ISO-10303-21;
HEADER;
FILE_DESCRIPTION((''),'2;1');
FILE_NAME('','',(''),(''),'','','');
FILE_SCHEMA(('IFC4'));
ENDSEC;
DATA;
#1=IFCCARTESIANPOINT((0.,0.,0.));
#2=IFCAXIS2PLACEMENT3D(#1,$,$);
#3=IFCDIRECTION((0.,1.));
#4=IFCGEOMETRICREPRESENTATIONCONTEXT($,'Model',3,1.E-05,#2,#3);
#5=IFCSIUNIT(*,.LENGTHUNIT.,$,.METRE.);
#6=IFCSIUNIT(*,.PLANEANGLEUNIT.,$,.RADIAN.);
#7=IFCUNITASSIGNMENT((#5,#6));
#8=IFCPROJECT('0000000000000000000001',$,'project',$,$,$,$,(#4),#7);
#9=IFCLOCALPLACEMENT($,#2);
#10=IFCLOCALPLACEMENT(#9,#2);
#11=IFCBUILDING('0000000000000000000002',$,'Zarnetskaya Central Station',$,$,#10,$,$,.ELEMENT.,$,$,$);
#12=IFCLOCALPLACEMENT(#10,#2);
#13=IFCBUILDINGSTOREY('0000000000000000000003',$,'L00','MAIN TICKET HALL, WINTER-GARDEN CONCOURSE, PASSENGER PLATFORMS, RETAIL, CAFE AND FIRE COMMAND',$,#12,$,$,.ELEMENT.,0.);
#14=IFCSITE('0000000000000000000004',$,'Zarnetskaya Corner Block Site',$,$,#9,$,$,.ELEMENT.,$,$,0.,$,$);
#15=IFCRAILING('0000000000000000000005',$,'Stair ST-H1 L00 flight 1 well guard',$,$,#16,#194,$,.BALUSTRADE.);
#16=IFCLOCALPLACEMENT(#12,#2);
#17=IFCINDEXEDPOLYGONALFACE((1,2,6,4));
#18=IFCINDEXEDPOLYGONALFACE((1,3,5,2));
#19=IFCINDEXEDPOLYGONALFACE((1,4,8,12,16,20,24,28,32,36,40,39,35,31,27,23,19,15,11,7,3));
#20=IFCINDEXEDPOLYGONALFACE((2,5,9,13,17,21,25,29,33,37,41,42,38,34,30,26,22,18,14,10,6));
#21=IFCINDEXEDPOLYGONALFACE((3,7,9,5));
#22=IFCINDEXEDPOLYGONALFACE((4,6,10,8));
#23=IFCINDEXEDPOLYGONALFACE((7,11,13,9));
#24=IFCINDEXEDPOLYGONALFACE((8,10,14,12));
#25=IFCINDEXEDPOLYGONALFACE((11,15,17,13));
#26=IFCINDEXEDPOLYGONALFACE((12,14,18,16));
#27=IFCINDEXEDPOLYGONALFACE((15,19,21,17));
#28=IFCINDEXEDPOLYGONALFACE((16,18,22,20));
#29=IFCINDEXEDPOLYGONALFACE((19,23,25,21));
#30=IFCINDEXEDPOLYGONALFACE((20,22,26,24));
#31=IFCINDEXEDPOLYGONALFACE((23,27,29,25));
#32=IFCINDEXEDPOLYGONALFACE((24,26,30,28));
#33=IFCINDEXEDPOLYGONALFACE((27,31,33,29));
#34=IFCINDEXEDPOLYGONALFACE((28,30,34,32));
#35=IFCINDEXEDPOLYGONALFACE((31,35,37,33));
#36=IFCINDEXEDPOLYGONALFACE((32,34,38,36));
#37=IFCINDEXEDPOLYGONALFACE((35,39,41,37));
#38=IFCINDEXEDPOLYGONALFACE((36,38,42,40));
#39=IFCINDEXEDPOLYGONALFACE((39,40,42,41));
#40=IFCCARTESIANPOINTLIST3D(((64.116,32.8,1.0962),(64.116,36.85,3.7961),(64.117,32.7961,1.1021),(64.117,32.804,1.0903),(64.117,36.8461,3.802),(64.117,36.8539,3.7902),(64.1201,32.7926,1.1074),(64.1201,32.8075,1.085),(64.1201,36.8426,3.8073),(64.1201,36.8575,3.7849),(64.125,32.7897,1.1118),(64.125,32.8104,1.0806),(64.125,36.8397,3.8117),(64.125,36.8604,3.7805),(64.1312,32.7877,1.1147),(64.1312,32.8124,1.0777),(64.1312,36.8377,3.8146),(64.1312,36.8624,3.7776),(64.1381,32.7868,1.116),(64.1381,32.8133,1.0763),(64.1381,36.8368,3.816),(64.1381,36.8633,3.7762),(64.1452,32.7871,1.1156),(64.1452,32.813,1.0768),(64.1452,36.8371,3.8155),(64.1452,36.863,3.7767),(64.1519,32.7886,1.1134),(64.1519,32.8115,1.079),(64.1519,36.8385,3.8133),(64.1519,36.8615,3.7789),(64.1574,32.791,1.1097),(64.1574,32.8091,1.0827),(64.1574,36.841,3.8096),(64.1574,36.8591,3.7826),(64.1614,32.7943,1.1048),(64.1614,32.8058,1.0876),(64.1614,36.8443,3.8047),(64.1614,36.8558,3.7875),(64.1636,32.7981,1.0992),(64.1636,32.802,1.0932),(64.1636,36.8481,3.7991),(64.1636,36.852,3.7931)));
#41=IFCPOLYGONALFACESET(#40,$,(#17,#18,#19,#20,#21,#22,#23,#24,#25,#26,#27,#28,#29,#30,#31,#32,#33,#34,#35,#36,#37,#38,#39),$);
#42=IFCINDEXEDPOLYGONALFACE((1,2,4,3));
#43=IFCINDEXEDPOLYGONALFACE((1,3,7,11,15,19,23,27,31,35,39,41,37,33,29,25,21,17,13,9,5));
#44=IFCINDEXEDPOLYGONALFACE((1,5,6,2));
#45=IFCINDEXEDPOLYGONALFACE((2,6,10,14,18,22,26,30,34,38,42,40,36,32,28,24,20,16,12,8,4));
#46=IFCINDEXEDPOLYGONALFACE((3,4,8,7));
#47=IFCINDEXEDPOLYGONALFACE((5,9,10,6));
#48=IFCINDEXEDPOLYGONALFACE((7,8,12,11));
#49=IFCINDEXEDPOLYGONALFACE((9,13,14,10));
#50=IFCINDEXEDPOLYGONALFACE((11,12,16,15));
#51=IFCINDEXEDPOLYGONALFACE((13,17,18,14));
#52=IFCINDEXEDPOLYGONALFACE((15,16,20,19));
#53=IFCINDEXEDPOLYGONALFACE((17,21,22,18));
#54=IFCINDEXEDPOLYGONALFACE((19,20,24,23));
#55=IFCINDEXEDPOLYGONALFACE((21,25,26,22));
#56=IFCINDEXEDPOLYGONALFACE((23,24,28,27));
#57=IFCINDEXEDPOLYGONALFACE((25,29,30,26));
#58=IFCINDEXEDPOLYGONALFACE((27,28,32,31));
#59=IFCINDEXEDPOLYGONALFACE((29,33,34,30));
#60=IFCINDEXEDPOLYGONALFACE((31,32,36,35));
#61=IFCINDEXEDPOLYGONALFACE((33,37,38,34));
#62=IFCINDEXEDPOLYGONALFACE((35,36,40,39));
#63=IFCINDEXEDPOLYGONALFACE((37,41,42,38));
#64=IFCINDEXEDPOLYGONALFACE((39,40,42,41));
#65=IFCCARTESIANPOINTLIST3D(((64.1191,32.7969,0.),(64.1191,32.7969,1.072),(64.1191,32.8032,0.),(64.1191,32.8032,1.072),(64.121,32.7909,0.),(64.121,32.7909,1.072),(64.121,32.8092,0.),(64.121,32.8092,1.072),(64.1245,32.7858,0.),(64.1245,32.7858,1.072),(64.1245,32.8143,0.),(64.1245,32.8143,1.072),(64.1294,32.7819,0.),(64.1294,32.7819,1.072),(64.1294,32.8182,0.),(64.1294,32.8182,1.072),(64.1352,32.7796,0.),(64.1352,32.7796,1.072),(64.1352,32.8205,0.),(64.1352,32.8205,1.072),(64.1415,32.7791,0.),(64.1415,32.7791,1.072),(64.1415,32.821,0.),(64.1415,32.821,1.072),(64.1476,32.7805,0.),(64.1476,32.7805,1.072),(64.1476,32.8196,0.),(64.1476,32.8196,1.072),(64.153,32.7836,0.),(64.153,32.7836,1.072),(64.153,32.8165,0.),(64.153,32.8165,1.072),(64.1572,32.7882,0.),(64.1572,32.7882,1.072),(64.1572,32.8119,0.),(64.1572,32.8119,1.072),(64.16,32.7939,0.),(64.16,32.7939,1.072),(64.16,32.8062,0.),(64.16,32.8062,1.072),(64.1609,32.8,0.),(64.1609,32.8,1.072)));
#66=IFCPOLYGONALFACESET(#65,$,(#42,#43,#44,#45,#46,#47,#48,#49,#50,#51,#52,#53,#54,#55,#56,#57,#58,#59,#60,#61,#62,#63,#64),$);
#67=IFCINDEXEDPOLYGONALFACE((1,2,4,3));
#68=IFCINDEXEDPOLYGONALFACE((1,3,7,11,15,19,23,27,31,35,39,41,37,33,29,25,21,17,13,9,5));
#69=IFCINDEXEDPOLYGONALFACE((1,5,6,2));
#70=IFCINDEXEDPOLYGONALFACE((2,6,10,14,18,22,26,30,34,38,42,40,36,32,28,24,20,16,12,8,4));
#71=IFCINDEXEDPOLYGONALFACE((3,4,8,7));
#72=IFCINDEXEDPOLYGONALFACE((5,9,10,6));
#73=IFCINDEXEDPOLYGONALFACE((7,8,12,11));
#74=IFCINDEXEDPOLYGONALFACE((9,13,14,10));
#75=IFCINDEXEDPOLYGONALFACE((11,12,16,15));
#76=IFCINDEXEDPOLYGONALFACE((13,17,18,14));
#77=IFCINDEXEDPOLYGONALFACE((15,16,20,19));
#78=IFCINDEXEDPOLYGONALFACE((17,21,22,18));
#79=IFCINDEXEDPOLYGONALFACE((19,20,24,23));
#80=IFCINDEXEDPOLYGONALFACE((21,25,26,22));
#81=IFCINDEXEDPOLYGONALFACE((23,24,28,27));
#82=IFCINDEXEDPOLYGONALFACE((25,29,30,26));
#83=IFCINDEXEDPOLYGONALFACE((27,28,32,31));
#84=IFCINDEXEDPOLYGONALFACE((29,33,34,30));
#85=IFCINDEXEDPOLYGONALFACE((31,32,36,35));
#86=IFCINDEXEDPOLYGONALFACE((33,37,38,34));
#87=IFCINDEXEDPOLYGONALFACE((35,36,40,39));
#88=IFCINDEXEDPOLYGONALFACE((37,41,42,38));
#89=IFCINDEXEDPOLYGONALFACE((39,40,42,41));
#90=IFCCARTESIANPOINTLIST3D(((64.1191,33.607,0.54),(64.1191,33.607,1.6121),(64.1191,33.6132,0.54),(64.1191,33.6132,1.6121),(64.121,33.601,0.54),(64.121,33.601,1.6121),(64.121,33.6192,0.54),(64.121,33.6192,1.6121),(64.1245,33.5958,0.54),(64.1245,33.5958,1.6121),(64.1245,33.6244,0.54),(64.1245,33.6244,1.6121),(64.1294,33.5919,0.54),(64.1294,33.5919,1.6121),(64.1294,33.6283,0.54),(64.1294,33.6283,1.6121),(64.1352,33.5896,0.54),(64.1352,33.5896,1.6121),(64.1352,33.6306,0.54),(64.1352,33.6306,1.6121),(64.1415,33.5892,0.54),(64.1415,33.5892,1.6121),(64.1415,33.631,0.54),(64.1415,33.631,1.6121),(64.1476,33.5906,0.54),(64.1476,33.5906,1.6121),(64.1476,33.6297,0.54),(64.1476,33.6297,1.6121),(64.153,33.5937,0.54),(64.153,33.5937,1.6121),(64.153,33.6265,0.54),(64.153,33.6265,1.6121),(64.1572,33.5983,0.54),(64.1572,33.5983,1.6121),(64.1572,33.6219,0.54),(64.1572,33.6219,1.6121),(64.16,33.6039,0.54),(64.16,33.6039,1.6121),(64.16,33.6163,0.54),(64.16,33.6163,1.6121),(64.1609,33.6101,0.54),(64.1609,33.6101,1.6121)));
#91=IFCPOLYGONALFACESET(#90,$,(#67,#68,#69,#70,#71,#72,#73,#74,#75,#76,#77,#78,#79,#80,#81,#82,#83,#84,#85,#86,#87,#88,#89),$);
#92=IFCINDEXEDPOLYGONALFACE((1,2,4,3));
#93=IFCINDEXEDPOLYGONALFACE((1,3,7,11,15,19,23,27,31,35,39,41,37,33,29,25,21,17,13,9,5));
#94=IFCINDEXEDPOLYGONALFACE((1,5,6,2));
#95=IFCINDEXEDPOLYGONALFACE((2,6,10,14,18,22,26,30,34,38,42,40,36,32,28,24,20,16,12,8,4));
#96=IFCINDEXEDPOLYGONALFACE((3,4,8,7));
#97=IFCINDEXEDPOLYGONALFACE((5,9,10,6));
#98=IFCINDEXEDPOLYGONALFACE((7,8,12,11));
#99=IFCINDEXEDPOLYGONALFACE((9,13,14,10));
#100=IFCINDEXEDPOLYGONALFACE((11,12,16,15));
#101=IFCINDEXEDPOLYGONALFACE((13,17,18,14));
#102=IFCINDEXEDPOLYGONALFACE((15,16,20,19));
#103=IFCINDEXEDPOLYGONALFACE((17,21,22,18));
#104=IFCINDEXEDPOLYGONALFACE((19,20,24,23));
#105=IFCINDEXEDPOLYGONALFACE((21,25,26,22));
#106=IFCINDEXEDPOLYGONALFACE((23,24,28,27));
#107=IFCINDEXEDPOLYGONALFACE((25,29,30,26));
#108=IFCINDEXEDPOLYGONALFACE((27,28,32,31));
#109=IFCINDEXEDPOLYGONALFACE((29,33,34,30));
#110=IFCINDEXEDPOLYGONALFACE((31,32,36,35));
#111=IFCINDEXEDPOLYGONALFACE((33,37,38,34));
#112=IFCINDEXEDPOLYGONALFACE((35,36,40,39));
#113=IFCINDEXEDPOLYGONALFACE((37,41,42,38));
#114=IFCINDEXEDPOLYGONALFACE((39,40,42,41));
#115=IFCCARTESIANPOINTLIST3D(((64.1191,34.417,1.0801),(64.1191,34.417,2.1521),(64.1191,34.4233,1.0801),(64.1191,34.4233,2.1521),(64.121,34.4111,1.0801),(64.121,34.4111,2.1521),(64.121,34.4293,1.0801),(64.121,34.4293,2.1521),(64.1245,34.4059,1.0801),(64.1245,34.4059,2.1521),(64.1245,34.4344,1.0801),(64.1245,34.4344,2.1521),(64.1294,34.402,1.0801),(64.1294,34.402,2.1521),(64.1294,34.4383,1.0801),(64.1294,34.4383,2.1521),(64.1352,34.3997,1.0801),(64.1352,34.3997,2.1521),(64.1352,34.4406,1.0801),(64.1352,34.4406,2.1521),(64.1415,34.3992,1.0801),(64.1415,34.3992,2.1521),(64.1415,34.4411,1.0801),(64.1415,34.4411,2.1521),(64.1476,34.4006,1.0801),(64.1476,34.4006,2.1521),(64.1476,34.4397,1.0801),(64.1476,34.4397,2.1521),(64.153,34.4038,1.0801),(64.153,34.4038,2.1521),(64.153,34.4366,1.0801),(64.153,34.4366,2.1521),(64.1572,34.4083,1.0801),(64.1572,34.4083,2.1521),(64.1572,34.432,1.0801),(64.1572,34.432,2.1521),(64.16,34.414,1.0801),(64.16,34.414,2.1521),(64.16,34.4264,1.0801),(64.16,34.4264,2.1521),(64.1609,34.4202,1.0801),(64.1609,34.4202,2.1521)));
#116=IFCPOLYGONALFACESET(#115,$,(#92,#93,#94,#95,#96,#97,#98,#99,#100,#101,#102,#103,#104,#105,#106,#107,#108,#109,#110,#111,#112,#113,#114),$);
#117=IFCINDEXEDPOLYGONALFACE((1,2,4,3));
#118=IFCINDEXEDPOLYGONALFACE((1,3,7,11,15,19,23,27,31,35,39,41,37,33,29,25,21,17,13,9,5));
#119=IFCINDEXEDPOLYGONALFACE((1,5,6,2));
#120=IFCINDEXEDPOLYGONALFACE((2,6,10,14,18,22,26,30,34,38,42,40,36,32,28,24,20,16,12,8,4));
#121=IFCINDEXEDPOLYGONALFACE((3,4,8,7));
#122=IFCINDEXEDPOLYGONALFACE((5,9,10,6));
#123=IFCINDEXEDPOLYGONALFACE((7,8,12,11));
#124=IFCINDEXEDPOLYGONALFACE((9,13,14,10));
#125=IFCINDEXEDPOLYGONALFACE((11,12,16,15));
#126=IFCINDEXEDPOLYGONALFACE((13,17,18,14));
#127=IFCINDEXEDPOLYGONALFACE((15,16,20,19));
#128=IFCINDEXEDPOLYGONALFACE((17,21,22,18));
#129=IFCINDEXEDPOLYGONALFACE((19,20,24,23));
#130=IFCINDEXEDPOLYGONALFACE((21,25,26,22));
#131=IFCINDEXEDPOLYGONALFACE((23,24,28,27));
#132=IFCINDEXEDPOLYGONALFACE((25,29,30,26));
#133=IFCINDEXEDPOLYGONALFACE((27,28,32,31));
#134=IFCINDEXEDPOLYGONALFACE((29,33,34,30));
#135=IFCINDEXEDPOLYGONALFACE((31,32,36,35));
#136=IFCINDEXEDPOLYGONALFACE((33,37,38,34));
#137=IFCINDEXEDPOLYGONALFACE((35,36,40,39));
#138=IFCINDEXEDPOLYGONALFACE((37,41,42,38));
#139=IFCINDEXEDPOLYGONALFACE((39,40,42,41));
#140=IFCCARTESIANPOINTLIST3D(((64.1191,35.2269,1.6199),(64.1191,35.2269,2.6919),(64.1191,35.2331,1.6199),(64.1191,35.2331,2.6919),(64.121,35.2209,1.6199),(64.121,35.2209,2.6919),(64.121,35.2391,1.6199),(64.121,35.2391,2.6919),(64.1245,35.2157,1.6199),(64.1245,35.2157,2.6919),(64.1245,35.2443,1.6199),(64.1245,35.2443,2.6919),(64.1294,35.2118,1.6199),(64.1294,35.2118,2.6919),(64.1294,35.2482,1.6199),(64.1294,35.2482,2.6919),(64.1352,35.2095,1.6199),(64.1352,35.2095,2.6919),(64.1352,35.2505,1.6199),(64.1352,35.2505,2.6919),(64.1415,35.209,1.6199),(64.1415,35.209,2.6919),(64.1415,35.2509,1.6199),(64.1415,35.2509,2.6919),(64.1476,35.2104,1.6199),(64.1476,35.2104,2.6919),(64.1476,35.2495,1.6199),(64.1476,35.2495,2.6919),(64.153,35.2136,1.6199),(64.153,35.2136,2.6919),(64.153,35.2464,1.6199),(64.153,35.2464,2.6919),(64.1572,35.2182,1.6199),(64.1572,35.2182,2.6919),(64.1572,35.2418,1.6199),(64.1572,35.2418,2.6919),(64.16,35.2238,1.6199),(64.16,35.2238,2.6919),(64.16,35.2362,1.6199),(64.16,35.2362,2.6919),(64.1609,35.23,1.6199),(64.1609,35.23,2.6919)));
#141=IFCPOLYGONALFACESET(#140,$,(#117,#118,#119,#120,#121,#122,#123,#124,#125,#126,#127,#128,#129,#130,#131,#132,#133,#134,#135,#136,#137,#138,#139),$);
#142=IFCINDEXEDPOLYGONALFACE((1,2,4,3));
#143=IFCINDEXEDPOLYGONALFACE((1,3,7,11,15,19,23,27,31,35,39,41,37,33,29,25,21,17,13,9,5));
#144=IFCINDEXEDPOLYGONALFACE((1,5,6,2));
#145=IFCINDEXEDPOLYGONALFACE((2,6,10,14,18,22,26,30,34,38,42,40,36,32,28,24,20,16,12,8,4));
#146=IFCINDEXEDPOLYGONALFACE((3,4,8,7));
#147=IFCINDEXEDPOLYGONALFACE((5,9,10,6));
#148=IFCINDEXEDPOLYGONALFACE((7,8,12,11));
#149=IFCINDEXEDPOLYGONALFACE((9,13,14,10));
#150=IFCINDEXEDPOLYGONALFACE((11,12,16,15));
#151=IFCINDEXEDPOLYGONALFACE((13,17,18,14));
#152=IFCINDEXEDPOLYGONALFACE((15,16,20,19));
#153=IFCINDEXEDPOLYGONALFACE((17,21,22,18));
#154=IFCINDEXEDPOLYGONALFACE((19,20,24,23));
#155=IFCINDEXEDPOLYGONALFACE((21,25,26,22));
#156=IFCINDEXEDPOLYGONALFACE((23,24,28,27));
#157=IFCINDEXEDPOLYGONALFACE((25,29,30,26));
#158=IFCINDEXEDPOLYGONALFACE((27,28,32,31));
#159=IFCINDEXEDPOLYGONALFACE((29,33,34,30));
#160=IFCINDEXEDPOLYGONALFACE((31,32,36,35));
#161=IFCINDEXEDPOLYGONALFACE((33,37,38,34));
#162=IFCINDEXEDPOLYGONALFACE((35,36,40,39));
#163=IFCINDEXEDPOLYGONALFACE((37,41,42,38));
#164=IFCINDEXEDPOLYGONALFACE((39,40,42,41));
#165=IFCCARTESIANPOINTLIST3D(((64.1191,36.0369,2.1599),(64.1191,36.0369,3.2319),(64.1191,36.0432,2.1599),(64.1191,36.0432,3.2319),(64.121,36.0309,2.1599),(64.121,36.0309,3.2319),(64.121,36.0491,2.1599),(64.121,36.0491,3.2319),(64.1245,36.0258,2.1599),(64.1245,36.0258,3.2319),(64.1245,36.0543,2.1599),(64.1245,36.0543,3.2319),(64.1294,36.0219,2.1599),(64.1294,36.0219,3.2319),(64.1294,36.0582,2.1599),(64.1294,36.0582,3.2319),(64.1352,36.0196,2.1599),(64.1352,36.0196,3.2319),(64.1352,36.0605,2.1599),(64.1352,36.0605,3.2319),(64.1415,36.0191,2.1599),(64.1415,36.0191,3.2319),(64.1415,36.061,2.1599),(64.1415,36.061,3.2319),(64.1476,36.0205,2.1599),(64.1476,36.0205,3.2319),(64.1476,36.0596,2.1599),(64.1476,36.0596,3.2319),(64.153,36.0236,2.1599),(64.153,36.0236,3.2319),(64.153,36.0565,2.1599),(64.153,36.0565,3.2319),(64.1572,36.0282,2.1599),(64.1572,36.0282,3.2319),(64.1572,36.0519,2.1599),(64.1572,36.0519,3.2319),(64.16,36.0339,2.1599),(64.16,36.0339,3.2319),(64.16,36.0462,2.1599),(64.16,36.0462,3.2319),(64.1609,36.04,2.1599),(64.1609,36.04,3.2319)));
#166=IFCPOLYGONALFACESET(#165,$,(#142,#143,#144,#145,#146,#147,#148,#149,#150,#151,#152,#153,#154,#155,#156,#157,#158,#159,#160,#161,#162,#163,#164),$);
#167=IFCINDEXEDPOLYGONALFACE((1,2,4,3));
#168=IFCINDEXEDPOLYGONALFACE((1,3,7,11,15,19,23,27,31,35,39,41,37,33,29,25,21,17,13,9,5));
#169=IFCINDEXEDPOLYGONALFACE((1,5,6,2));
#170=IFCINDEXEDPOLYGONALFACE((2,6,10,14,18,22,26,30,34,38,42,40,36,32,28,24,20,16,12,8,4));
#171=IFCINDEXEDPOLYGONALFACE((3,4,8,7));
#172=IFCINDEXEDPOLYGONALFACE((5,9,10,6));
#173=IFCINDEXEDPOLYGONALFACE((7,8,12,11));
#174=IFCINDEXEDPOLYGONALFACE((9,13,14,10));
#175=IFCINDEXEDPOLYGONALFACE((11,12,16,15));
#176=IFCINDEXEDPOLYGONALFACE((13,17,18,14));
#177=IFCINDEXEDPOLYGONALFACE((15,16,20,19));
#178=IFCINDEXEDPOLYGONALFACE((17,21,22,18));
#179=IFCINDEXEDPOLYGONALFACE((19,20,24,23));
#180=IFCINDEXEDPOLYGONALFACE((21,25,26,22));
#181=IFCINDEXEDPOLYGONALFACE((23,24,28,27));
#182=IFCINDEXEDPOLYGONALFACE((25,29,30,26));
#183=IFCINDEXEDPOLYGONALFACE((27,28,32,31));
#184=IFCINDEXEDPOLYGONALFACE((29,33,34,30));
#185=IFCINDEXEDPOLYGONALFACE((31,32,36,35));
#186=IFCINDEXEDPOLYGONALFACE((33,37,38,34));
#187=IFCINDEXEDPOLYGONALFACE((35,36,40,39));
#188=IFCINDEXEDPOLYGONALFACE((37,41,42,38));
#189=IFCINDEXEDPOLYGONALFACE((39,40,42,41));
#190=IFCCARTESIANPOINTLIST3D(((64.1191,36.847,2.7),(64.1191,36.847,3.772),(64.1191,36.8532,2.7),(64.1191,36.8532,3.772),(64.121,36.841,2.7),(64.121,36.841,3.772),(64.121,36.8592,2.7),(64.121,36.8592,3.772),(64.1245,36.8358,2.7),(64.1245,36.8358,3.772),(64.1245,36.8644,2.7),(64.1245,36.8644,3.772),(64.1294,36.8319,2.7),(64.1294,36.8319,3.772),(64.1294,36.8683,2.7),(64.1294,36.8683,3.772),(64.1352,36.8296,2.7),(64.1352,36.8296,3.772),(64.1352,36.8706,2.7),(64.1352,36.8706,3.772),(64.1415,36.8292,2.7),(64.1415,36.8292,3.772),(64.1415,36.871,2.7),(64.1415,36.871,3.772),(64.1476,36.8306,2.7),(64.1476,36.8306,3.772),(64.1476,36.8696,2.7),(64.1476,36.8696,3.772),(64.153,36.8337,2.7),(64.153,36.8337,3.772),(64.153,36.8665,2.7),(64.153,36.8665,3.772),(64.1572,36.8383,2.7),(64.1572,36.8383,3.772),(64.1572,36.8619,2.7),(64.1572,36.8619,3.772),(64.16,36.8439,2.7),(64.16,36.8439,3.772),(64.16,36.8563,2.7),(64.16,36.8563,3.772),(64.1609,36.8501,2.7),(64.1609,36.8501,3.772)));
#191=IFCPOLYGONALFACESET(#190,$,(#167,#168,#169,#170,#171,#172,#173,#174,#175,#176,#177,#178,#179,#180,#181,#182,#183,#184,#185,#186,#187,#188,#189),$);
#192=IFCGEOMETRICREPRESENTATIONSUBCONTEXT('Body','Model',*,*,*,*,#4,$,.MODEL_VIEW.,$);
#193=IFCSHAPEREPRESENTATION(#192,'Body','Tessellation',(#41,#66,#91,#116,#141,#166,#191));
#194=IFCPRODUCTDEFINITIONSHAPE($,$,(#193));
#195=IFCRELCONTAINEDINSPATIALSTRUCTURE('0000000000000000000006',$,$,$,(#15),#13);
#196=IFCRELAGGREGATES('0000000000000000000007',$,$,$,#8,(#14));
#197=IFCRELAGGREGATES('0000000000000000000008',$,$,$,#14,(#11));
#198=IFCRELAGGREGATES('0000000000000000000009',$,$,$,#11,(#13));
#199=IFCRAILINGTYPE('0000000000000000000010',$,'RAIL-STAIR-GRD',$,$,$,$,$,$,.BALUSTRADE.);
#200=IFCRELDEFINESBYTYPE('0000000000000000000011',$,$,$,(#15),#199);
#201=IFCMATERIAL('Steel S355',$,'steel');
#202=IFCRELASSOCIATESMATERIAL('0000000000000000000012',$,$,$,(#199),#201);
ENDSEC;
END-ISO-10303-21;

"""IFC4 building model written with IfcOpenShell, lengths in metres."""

from ifc_helpers import new_model, si_unit, direction, frame, origin, origin_2d, place, context, subcontext, project, spatial, circle, extrude, material, type_object, element, save


model = new_model("IFC4")

# Units and contexts
model_context = context("Model", 3, precision=1e-05, world=origin(), true_north=direction((0.0, 1.0)))
body_context = subcontext(model_context, "Body", "Model", "MODEL_VIEW")
ifc_project = project(units=[si_unit("LENGTHUNIT", "METRE"), si_unit("PLANEANGLEUNIT", "RADIAN")], contexts=[model_context])

# Site, building, storey
site_placement = place(None, origin())
site = spatial("IfcSite", under=ifc_project, at=site_placement, Name="Zarnetskaya Corner Block Site", CompositionType="ELEMENT", RefElevation=0.0)
building_placement = place(site_placement, origin())
building = spatial("IfcBuilding", under=site, at=building_placement, Name="Zarnetskaya Central Station", CompositionType="ELEMENT")
storey_placement = place(building_placement, origin())
storey = spatial("IfcBuildingStorey", under=building, at=storey_placement, Name="L00", Description="MAIN TICKET HALL, WINTER-GARDEN CONCOURSE, PASSENGER PLATFORMS, RETAIL, CAFE AND FIRE COMMAND", CompositionType="ELEMENT", Elevation=0.0)

# Shared definitions
ifc_material_1 = material(Name="Steel S355", Category="steel")

# Railing
railing_type_1 = type_object("IfcRailingType", Name="RAIL-STAIR-GRD", PredefinedType="BALUSTRADE", material=ifc_material_1)
railing_1_placement = place(storey_placement, frame((64.1399, 32.8, 0.0)))
element("IfcRailing", 1, at=railing_1_placement, inside=storey, type_object=railing_type_1, Name="Stair ST-H1 L00 flight 1 well guard", PredefinedType="BALUSTRADE", context=body_context, shape_type="SweptSolid", body=[
    extrude(circle(Radius=0.0239, at=origin_2d()), frame((0.0, 0.0, 1.0962), z_axis=(0.0, 0.832058, 0.554689), x_axis=(-1.0, 0.0, 0.0)), (0.0, 0.0, 1.0), 4.8674),
    extrude(circle(Radius=0.021, at=origin_2d()), origin(), (0.0, 0.0, 1.0), 1.072),
    extrude(circle(Radius=0.021, at=origin_2d()), frame((0.0, 0.8101, 0.54)), (0.0, 0.0, 1.0), 1.072),
    extrude(circle(Radius=0.021, at=origin_2d()), frame((0.0, 1.6201, 1.0801)), (0.0, 0.0, 1.0), 1.072),
    extrude(circle(Radius=0.021, at=origin_2d()), frame((0.0, 2.4299, 1.6199)), (0.0, 0.0, 1.0), 1.072),
    extrude(circle(Radius=0.021, at=origin_2d()), frame((0.0, 3.24, 2.1599)), (0.0, 0.0, 1.0), 1.072),
    extrude(circle(Radius=0.021, at=origin_2d()), frame((0.0, 4.05, 2.7)), (0.0, 0.0, 1.0), 1.072),
])

save(model, "model.ifc")
